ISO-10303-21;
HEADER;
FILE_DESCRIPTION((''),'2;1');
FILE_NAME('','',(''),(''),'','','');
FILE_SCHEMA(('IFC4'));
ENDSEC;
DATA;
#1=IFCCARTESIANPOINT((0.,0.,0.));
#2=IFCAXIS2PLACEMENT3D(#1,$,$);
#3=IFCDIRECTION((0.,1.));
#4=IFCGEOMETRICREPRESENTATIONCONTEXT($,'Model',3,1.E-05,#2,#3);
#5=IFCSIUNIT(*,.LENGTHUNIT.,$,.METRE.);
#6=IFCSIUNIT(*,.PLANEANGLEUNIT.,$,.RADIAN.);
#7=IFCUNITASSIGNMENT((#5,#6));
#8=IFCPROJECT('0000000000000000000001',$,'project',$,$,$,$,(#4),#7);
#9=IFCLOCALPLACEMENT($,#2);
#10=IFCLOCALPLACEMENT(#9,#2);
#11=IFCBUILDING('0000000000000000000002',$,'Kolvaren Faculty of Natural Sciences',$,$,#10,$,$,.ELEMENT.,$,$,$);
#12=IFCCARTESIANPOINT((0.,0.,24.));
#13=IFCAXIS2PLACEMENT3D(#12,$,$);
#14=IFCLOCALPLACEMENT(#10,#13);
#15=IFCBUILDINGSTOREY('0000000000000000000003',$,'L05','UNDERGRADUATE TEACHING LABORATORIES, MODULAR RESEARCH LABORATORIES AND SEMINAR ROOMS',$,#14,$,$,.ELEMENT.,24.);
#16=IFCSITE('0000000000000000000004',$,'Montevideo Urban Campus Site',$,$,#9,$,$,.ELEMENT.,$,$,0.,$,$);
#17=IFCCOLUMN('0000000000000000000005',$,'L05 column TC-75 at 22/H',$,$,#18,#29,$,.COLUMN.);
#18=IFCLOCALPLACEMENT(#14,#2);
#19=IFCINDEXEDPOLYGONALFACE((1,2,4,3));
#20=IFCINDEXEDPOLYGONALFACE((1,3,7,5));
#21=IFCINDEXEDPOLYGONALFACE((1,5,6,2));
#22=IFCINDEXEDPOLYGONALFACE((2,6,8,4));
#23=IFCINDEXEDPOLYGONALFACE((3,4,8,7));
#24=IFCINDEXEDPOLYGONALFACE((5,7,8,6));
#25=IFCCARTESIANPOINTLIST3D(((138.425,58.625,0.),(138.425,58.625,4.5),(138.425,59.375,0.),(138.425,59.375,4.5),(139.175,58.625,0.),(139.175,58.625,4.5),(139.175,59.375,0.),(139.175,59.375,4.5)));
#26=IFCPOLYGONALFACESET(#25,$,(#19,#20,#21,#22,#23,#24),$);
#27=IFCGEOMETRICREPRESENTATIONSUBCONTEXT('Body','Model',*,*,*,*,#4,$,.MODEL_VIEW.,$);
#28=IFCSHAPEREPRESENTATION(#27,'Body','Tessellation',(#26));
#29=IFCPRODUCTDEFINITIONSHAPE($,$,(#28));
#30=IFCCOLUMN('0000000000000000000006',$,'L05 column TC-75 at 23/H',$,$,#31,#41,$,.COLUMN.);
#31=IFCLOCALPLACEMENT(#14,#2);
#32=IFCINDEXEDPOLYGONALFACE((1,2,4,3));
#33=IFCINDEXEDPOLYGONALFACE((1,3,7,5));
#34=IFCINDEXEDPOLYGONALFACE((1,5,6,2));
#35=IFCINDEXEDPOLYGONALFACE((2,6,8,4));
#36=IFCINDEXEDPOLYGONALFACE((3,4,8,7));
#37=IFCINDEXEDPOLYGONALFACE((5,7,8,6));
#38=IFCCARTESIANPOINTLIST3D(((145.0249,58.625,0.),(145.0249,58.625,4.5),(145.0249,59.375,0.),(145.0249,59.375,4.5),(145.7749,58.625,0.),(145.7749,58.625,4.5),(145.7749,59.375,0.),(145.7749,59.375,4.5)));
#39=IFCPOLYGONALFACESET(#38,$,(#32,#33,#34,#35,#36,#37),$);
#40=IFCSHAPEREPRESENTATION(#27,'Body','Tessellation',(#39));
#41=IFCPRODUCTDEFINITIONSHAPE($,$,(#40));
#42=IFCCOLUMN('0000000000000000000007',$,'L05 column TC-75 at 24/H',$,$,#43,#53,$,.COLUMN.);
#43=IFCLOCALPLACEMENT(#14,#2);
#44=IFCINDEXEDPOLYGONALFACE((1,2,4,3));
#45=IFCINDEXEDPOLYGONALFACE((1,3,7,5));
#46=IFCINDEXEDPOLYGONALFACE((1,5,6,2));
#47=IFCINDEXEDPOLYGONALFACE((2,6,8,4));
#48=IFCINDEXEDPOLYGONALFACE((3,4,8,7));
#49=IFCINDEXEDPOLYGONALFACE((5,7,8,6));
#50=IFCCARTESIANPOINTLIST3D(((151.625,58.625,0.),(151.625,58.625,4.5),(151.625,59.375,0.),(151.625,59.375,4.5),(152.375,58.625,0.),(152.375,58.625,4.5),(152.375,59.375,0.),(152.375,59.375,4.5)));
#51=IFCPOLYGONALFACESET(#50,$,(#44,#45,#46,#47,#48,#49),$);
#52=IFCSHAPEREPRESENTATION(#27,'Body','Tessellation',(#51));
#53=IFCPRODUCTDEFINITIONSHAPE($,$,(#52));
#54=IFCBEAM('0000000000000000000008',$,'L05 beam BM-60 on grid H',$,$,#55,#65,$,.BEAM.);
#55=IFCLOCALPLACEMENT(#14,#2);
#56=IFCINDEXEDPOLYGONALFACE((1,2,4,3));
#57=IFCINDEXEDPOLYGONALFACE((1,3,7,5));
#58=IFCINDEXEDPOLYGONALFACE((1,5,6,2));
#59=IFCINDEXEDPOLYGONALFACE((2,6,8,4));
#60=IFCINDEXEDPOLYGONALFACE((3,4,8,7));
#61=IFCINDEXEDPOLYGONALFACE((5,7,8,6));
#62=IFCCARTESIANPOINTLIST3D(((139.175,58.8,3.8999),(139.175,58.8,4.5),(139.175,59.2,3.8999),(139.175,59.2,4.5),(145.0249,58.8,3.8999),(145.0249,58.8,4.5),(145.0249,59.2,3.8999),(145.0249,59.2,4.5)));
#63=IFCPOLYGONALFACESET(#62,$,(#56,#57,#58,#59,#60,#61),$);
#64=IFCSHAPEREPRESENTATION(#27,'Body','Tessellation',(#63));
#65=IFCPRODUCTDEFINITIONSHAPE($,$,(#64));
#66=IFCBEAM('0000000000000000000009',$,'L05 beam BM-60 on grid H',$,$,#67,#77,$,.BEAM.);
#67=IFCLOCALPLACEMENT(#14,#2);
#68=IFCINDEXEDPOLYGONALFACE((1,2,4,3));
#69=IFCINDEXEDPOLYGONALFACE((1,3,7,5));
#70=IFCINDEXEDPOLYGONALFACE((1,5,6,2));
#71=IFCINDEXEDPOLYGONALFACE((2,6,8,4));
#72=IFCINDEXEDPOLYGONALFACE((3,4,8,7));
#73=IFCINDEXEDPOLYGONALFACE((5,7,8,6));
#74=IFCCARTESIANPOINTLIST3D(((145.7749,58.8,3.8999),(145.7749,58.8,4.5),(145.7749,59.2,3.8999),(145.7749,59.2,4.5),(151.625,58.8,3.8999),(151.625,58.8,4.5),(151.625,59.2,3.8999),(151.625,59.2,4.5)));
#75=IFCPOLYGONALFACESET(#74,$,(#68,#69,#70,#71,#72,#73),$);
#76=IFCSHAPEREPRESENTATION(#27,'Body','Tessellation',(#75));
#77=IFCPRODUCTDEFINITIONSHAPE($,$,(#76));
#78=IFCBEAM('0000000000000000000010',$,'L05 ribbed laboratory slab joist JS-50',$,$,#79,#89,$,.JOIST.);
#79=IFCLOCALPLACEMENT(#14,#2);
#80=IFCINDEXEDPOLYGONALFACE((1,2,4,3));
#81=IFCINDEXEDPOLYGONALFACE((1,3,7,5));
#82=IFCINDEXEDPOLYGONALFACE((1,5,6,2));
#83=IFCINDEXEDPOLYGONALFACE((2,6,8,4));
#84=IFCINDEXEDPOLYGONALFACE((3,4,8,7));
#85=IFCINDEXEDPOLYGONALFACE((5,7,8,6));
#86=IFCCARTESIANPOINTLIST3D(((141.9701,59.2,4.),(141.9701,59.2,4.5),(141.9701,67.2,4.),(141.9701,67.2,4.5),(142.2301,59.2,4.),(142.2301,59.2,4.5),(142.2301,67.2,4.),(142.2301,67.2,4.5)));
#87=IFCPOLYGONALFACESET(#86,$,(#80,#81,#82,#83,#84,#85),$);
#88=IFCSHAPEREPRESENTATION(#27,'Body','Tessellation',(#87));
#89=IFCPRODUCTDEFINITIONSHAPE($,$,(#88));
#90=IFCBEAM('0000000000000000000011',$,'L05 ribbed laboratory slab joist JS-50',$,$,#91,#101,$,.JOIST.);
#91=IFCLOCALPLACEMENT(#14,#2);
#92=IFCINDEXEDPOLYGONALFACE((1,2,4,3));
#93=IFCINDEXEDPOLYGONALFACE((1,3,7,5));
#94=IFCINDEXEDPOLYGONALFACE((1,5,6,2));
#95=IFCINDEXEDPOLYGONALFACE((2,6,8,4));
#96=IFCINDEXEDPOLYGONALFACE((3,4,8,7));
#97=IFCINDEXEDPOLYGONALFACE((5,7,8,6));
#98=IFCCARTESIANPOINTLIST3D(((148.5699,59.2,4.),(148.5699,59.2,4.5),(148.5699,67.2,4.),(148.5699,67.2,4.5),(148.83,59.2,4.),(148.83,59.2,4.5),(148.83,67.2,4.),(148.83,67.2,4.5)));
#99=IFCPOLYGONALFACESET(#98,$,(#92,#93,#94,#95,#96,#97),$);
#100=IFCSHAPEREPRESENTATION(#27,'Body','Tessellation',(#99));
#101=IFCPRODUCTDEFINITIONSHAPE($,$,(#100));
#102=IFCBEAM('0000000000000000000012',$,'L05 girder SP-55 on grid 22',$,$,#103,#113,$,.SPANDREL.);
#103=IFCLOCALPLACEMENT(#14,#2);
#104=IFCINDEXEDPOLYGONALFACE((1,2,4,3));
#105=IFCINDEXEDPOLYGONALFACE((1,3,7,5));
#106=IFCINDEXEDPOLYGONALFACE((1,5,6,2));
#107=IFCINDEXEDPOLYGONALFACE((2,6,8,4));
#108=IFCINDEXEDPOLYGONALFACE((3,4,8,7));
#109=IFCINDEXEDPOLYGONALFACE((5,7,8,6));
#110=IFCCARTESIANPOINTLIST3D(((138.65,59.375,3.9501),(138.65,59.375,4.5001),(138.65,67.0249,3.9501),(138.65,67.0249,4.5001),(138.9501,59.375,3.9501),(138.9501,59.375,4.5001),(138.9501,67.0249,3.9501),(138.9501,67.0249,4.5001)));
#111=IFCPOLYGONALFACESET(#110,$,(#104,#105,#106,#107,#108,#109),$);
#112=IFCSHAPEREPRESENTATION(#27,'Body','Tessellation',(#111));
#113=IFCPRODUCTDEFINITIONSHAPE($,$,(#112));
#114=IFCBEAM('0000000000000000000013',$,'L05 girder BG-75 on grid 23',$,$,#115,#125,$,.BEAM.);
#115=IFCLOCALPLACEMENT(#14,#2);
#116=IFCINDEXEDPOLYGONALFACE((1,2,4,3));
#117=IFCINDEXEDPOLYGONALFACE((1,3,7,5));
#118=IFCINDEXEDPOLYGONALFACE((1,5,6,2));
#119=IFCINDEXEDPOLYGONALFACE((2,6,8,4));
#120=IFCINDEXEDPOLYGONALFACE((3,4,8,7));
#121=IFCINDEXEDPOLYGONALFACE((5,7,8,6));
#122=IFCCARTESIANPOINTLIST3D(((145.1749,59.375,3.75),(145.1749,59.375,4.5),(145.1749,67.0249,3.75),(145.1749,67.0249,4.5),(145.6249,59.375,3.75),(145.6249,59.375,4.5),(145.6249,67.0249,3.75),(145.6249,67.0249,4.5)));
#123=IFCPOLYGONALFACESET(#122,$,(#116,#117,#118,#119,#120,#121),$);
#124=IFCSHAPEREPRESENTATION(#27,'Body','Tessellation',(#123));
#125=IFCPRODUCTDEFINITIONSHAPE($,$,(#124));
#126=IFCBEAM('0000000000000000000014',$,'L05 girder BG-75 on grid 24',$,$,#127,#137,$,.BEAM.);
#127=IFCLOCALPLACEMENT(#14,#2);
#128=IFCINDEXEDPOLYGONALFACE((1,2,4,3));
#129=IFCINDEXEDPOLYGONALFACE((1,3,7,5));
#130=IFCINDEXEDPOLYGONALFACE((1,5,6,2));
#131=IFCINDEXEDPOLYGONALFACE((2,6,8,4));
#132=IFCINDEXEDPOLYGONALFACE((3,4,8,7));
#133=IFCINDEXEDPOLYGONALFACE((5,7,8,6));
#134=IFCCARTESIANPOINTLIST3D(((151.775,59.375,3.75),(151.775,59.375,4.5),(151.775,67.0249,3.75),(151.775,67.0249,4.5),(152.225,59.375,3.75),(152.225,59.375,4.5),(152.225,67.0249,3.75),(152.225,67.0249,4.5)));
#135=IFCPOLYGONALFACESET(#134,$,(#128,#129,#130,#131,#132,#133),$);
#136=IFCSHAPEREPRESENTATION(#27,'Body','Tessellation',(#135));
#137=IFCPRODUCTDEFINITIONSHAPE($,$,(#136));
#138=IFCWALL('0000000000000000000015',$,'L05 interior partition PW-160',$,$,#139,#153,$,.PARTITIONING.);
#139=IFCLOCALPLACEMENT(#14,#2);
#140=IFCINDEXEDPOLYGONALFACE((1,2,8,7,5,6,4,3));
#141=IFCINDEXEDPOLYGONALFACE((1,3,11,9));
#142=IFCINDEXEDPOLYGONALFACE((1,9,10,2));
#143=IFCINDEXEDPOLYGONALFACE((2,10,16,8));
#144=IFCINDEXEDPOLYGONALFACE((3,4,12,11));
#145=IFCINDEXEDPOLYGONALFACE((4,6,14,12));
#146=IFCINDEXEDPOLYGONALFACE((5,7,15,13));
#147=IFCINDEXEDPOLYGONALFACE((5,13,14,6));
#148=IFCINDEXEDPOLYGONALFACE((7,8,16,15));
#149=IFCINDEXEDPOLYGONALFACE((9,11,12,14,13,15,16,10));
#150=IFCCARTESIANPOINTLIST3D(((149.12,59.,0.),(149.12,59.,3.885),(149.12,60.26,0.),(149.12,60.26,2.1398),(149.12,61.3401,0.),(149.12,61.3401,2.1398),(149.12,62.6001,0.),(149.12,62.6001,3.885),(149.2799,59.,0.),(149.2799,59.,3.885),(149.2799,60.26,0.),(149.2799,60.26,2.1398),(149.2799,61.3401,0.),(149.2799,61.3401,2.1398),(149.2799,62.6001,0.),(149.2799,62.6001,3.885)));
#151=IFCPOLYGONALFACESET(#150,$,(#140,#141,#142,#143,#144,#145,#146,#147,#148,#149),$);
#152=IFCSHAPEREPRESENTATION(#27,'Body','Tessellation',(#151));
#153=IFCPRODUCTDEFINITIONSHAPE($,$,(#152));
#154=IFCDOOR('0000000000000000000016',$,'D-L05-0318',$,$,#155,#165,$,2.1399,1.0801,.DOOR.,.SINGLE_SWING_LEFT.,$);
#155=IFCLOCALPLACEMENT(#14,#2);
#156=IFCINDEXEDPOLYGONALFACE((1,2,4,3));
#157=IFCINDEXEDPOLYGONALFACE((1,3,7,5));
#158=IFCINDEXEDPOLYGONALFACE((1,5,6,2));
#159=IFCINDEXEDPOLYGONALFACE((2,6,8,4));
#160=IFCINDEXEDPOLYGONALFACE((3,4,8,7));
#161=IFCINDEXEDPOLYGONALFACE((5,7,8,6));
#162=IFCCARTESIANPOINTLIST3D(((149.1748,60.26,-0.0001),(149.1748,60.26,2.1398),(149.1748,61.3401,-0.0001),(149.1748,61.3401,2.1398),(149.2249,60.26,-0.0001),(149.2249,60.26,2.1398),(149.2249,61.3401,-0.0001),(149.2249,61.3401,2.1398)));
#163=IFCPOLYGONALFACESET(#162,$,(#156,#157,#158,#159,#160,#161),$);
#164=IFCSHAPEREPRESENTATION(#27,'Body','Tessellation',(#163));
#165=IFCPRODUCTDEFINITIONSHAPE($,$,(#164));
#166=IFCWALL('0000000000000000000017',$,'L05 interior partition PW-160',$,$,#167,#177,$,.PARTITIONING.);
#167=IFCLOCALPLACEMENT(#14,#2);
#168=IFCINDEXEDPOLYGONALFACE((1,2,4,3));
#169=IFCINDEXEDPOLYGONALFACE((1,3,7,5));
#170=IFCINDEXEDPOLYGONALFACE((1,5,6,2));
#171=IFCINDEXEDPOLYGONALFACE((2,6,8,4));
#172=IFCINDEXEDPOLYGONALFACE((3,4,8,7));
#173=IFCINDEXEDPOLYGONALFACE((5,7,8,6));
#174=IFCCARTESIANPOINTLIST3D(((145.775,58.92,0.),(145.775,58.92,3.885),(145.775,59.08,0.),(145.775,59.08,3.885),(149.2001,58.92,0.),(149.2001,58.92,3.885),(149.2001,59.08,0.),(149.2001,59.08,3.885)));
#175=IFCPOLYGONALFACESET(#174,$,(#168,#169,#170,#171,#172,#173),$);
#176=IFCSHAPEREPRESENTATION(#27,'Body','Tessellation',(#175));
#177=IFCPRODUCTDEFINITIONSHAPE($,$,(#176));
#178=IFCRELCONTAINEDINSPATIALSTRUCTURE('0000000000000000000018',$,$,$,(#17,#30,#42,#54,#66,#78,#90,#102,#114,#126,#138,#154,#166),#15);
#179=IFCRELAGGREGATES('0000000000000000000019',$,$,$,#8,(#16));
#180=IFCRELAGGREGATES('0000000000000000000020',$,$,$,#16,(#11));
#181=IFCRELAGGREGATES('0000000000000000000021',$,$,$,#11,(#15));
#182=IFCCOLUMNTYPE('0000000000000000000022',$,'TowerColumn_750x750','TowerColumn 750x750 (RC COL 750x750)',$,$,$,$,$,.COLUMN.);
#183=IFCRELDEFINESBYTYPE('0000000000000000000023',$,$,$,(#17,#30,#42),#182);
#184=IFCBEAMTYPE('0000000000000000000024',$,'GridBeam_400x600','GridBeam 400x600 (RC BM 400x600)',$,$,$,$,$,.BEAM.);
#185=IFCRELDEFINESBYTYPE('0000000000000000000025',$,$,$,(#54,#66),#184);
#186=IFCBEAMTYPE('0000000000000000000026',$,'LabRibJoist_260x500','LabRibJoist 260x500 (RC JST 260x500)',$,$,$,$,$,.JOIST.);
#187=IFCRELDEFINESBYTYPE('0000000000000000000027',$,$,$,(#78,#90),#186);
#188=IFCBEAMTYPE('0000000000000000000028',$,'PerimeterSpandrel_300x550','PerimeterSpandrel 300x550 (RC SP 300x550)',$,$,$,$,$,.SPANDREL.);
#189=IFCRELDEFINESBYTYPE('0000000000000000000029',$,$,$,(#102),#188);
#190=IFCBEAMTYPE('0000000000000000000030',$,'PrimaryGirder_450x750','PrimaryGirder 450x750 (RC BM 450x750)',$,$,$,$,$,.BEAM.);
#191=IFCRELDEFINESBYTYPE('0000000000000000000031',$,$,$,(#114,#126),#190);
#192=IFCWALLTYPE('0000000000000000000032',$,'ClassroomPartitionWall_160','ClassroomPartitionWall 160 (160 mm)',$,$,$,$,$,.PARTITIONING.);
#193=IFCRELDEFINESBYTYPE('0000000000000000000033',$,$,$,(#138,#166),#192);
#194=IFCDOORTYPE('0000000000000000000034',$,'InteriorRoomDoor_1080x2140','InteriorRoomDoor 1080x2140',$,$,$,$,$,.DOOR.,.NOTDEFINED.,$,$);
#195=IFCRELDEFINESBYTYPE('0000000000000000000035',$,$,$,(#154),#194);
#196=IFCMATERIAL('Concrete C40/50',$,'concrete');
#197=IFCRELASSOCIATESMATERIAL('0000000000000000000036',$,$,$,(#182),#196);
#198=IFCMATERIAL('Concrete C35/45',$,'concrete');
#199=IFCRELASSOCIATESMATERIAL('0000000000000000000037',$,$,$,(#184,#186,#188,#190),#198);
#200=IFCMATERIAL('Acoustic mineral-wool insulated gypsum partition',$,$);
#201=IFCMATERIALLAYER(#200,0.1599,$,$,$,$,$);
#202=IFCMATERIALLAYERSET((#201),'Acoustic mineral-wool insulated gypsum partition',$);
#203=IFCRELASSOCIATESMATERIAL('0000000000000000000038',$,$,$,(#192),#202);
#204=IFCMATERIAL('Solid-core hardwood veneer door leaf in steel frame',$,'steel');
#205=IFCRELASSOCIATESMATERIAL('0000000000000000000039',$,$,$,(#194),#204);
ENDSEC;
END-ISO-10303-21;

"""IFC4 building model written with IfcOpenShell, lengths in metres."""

from ifc_helpers import new_model, si_unit, direction, frame, frame_2d, origin, origin_2d, place, context, subcontext, project, spatial, rectangle, extrude, material, layer, layer_set, material_profile, profile_set, type_object, element, fill, save


model = new_model("IFC4")

# Units and contexts
model_context = context("Model", 3, precision=1e-05, world=origin(), true_north=direction((0.0, 1.0)))
body_context = subcontext(model_context, "Body", "Model", "MODEL_VIEW")
ifc_project = project(units=[si_unit("LENGTHUNIT", "METRE"), si_unit("PLANEANGLEUNIT", "RADIAN")], contexts=[model_context])

# Site, building, storey
site_placement = place(None, origin())
site = spatial("IfcSite", under=ifc_project, at=site_placement, Name="Montevideo Urban Campus Site", CompositionType="ELEMENT", RefElevation=0.0)
building_placement = place(site_placement, origin())
building = spatial("IfcBuilding", under=site, at=building_placement, Name="Kolvaren Faculty of Natural Sciences", CompositionType="ELEMENT")
storey_placement = place(building_placement, frame((0.0, 0.0, 24.0)))
storey = spatial("IfcBuildingStorey", under=building, at=storey_placement, Name="L05", Description="UNDERGRADUATE TEACHING LABORATORIES, MODULAR RESEARCH LABORATORIES AND SEMINAR ROOMS", CompositionType="ELEMENT", Elevation=24.0)

# Columns
ifc_material_1 = material(Name="Concrete C40/50", Category="concrete")
ifc_material_profile_1 = material_profile(ifc_material_1, rectangle(XDim=0.75, YDim=0.75, at=origin_2d()), Name="RC COL 750x750")
ifc_profile_set_1 = profile_set([ifc_material_profile_1], Name="Concrete C40/50")
column_type = type_object("IfcColumnType", Name="TowerColumn_750x750", Description="TowerColumn 750x750 (RC COL 750x750)", PredefinedType="COLUMN", material=ifc_profile_set_1)
for number, where, z_axis, x_axis, name in (
    (1, (138.8, 59.0, 0.0), (0.0, 0.0, 1.0), (1.0, 0.0, 0.0), "L05 column TC-75 at 22/H"),
    (2, (145.3999, 59.0, 0.0), (0.0, 0.0, 1.0), (1.0, 0.0, 0.0), "L05 column TC-75 at 23/H"),
    (3, (152.0, 59.0, 0.0), (0.0, 0.0, 1.0), (1.0, 0.0, 0.0), "L05 column TC-75 at 24/H"),
):
    element("IfcColumn", number, at=place(storey_placement, frame(where, z_axis=z_axis, x_axis=x_axis)), inside=storey, type_object=column_type, Name=name, PredefinedType="COLUMN", context=body_context, shape_type="SweptSolid", body=[
        extrude(rectangle(XDim=0.75, YDim=0.75, at=origin_2d()), origin(), (0.0, 0.0, 1.0), 4.5),
    ])

# Beams
ifc_material_2 = material(Name="Concrete C35/45", Category="concrete")
ifc_material_profile_2 = material_profile(ifc_material_2, rectangle(XDim=0.3999, YDim=0.6001, at=origin_2d()), Name="RC BM 400x600")
ifc_profile_set_2 = profile_set([ifc_material_profile_2], Name="Concrete C35/45")
beam_type_1 = type_object("IfcBeamType", Name="GridBeam_400x600", Description="GridBeam 400x600 (RC BM 400x600)", PredefinedType="BEAM", material=ifc_profile_set_2)
beam_1_placement = place(storey_placement, frame((139.175, 59.0, 4.2), z_axis=(1.0, 0.0, 0.0), x_axis=(0.0, 1.0, 0.0)))
element("IfcBeam", 4, at=beam_1_placement, inside=storey, type_object=beam_type_1, Name="L05 beam BM-60 on grid H", PredefinedType="BEAM", context=body_context, shape_type="SweptSolid", body=[
    extrude(rectangle(XDim=0.3999, YDim=0.6001, at=origin_2d()), origin(), (0.0, 0.0, 1.0), 5.8499),
])
beam_2_placement = place(storey_placement, frame((145.7749, 59.0, 4.2), z_axis=(1.0, 0.0, 0.0), x_axis=(0.0, 1.0, 0.0)))
element("IfcBeam", 5, at=beam_2_placement, inside=storey, type_object=beam_type_1, Name="L05 beam BM-60 on grid H", PredefinedType="BEAM", context=body_context, shape_type="SweptSolid", body=[
    extrude(rectangle(XDim=0.3999, YDim=0.6001, at=origin_2d()), origin(), (0.0, 0.0, 1.0), 5.8501),
])
ifc_material_profile_3 = material_profile(ifc_material_2, rectangle(XDim=0.26, YDim=0.5, at=origin_2d()), Name="RC JST 260x500")
ifc_profile_set_3 = profile_set([ifc_material_profile_3], Name="Concrete C35/45")
beam_type_2 = type_object("IfcBeamType", Name="LabRibJoist_260x500", Description="LabRibJoist 260x500 (RC JST 260x500)", PredefinedType="JOIST", material=ifc_profile_set_3)
for number, where, z_axis, x_axis, name in (
    (6, (142.1001, 59.2, 4.25), (0.0, 1.0, 0.0), (-1.0, 0.0, 0.0), "L05 ribbed laboratory slab joist JS-50"),
    (7, (148.7, 59.2, 4.25), (0.0, 1.0, 0.0), (-1.0, 0.0, 0.0), "L05 ribbed laboratory slab joist JS-50"),
):
    element("IfcBeam", number, at=place(storey_placement, frame(where, z_axis=z_axis, x_axis=x_axis)), inside=storey, type_object=beam_type_2, Name=name, PredefinedType="JOIST", context=body_context, shape_type="SweptSolid", body=[
        extrude(rectangle(XDim=0.26, YDim=0.5, at=origin_2d()), origin(), (0.0, 0.0, 1.0), 8.0),
    ])
ifc_material_profile_4 = material_profile(ifc_material_2, rectangle(XDim=0.3, YDim=0.55, at=origin_2d()), Name="RC SP 300x550")
ifc_profile_set_4 = profile_set([ifc_material_profile_4], Name="Concrete C35/45")
beam_type_3 = type_object("IfcBeamType", Name="PerimeterSpandrel_300x550", Description="PerimeterSpandrel 300x550 (RC SP 300x550)", PredefinedType="SPANDREL", material=ifc_profile_set_4)
beam_3_placement = place(storey_placement, frame((138.8, 59.375, 4.2251), z_axis=(0.0, 1.0, 0.0), x_axis=(-1.0, 0.0, 0.0)))
element("IfcBeam", 8, at=beam_3_placement, inside=storey, type_object=beam_type_3, Name="L05 girder SP-55 on grid 22", PredefinedType="SPANDREL", context=body_context, shape_type="SweptSolid", body=[
    extrude(rectangle(XDim=0.3, YDim=0.55, at=origin_2d()), origin(), (0.0, 0.0, 1.0), 7.6499),
])
ifc_material_profile_5 = material_profile(ifc_material_2, rectangle(XDim=0.45, YDim=0.75, at=origin_2d()), Name="RC BM 450x750")
ifc_profile_set_5 = profile_set([ifc_material_profile_5], Name="Concrete C35/45")
beam_type_4 = type_object("IfcBeamType", Name="PrimaryGirder_450x750", Description="PrimaryGirder 450x750 (RC BM 450x750)", PredefinedType="BEAM", material=ifc_profile_set_5)
for number, where, z_axis, x_axis, name in (
    (9, (145.3999, 59.375, 4.125), (0.0, 1.0, 0.0), (-1.0, 0.0, 0.0), "L05 girder BG-75 on grid 23"),
    (10, (152.0, 59.375, 4.125), (0.0, 1.0, 0.0), (-1.0, 0.0, 0.0), "L05 girder BG-75 on grid 24"),
):
    element("IfcBeam", number, at=place(storey_placement, frame(where, z_axis=z_axis, x_axis=x_axis)), inside=storey, type_object=beam_type_4, Name=name, PredefinedType="BEAM", context=body_context, shape_type="SweptSolid", body=[
        extrude(rectangle(XDim=0.45, YDim=0.75, at=origin_2d()), origin(), (0.0, 0.0, 1.0), 7.6499),
    ])

# Wall, opening, door
ifc_material_3 = material(Name="Acoustic mineral-wool insulated gypsum partition")
ifc_layer_1 = layer(ifc_material_3, 0.1599)
ifc_layer_set_1 = layer_set([ifc_layer_1], Name="Acoustic mineral-wool insulated gypsum partition")
wall_type_1 = type_object("IfcWallType", Name="ClassroomPartitionWall_160", Description="ClassroomPartitionWall 160 (160 mm)", PredefinedType="PARTITIONING", material=ifc_layer_set_1)
wall_1_placement = place(storey_placement, frame((149.2, 62.6001, 0.0), z_axis=(0.0, 0.0, 1.0), x_axis=(0.0, -1.0, 0.0)))
wall_1 = element("IfcWall", 11, at=wall_1_placement, inside=storey, type_object=wall_type_1, Name="L05 interior partition PW-160", PredefinedType="PARTITIONING", context=body_context, shape_type="SweptSolid", body=[
    extrude(rectangle(XDim=3.6001, YDim=0.1599, at=frame_2d((1.8, 0.0))), origin(), (0.0, 0.0, 1.0), 3.885),
])
opening_1_placement = place(wall_1_placement, frame((1.26, 0.0, 0.0)))
opening_1 = element("IfcOpeningElement", 12, at=opening_1_placement, cuts=wall_1, PredefinedType="OPENING", context=body_context, shape_type="SweptSolid", body=[
    extrude(rectangle(XDim=1.0801, YDim=2.1399, at=frame_2d((0.54, 1.0698))), frame((0.0, 0.0898, 0.0), z_axis=(0.0, -1.0, 0.0), x_axis=(1.0, 0.0, 0.0)), (0.0, 0.0, 1.0), 0.1799),
])
ifc_material_4 = material(Name="Solid-core hardwood veneer door leaf in steel frame", Category="steel")
door_type_1 = type_object("IfcDoorType", Name="InteriorRoomDoor_1080x2140", Description="InteriorRoomDoor 1080x2140", OperationType="NOTDEFINED", PredefinedType="DOOR", material=ifc_material_4)
door_1_placement = place(opening_1_placement, origin())
door_1 = element("IfcDoor", 13, at=door_1_placement, inside=storey, type_object=door_type_1, Name="D-L05-0318", OperationType="SINGLE_SWING_LEFT", OverallHeight=2.1399, OverallWidth=1.0801, PredefinedType="DOOR", context=body_context, shape_type="SweptSolid", body=[
    extrude(rectangle(XDim=1.0801, YDim=2.1399, at=frame_2d((0.54, 1.0698))), frame((0.0, 0.0249, 0.0), z_axis=(0.0, -1.0, 0.0), x_axis=(1.0, 0.0, 0.0)), (0.0, 0.0, 1.0), 0.05),
])
fill(opening_1, door_1)

# Wall
wall_2_placement = place(storey_placement, frame((149.2, 59.0, 0.0), z_axis=(0.0, 0.0, 1.0), x_axis=(-1.0, 0.0, 0.0)))
element("IfcWall", 14, at=wall_2_placement, inside=storey, type_object=wall_type_1, Name="L05 interior partition PW-160", PredefinedType="PARTITIONING", context=body_context, shape_type="SweptSolid", body=[
    extrude(rectangle(XDim=3.425, YDim=0.1599, at=frame_2d((1.7124, 0.0))), origin(), (0.0, 0.0, 1.0), 3.885),
])

save(model, "model.ifc")
